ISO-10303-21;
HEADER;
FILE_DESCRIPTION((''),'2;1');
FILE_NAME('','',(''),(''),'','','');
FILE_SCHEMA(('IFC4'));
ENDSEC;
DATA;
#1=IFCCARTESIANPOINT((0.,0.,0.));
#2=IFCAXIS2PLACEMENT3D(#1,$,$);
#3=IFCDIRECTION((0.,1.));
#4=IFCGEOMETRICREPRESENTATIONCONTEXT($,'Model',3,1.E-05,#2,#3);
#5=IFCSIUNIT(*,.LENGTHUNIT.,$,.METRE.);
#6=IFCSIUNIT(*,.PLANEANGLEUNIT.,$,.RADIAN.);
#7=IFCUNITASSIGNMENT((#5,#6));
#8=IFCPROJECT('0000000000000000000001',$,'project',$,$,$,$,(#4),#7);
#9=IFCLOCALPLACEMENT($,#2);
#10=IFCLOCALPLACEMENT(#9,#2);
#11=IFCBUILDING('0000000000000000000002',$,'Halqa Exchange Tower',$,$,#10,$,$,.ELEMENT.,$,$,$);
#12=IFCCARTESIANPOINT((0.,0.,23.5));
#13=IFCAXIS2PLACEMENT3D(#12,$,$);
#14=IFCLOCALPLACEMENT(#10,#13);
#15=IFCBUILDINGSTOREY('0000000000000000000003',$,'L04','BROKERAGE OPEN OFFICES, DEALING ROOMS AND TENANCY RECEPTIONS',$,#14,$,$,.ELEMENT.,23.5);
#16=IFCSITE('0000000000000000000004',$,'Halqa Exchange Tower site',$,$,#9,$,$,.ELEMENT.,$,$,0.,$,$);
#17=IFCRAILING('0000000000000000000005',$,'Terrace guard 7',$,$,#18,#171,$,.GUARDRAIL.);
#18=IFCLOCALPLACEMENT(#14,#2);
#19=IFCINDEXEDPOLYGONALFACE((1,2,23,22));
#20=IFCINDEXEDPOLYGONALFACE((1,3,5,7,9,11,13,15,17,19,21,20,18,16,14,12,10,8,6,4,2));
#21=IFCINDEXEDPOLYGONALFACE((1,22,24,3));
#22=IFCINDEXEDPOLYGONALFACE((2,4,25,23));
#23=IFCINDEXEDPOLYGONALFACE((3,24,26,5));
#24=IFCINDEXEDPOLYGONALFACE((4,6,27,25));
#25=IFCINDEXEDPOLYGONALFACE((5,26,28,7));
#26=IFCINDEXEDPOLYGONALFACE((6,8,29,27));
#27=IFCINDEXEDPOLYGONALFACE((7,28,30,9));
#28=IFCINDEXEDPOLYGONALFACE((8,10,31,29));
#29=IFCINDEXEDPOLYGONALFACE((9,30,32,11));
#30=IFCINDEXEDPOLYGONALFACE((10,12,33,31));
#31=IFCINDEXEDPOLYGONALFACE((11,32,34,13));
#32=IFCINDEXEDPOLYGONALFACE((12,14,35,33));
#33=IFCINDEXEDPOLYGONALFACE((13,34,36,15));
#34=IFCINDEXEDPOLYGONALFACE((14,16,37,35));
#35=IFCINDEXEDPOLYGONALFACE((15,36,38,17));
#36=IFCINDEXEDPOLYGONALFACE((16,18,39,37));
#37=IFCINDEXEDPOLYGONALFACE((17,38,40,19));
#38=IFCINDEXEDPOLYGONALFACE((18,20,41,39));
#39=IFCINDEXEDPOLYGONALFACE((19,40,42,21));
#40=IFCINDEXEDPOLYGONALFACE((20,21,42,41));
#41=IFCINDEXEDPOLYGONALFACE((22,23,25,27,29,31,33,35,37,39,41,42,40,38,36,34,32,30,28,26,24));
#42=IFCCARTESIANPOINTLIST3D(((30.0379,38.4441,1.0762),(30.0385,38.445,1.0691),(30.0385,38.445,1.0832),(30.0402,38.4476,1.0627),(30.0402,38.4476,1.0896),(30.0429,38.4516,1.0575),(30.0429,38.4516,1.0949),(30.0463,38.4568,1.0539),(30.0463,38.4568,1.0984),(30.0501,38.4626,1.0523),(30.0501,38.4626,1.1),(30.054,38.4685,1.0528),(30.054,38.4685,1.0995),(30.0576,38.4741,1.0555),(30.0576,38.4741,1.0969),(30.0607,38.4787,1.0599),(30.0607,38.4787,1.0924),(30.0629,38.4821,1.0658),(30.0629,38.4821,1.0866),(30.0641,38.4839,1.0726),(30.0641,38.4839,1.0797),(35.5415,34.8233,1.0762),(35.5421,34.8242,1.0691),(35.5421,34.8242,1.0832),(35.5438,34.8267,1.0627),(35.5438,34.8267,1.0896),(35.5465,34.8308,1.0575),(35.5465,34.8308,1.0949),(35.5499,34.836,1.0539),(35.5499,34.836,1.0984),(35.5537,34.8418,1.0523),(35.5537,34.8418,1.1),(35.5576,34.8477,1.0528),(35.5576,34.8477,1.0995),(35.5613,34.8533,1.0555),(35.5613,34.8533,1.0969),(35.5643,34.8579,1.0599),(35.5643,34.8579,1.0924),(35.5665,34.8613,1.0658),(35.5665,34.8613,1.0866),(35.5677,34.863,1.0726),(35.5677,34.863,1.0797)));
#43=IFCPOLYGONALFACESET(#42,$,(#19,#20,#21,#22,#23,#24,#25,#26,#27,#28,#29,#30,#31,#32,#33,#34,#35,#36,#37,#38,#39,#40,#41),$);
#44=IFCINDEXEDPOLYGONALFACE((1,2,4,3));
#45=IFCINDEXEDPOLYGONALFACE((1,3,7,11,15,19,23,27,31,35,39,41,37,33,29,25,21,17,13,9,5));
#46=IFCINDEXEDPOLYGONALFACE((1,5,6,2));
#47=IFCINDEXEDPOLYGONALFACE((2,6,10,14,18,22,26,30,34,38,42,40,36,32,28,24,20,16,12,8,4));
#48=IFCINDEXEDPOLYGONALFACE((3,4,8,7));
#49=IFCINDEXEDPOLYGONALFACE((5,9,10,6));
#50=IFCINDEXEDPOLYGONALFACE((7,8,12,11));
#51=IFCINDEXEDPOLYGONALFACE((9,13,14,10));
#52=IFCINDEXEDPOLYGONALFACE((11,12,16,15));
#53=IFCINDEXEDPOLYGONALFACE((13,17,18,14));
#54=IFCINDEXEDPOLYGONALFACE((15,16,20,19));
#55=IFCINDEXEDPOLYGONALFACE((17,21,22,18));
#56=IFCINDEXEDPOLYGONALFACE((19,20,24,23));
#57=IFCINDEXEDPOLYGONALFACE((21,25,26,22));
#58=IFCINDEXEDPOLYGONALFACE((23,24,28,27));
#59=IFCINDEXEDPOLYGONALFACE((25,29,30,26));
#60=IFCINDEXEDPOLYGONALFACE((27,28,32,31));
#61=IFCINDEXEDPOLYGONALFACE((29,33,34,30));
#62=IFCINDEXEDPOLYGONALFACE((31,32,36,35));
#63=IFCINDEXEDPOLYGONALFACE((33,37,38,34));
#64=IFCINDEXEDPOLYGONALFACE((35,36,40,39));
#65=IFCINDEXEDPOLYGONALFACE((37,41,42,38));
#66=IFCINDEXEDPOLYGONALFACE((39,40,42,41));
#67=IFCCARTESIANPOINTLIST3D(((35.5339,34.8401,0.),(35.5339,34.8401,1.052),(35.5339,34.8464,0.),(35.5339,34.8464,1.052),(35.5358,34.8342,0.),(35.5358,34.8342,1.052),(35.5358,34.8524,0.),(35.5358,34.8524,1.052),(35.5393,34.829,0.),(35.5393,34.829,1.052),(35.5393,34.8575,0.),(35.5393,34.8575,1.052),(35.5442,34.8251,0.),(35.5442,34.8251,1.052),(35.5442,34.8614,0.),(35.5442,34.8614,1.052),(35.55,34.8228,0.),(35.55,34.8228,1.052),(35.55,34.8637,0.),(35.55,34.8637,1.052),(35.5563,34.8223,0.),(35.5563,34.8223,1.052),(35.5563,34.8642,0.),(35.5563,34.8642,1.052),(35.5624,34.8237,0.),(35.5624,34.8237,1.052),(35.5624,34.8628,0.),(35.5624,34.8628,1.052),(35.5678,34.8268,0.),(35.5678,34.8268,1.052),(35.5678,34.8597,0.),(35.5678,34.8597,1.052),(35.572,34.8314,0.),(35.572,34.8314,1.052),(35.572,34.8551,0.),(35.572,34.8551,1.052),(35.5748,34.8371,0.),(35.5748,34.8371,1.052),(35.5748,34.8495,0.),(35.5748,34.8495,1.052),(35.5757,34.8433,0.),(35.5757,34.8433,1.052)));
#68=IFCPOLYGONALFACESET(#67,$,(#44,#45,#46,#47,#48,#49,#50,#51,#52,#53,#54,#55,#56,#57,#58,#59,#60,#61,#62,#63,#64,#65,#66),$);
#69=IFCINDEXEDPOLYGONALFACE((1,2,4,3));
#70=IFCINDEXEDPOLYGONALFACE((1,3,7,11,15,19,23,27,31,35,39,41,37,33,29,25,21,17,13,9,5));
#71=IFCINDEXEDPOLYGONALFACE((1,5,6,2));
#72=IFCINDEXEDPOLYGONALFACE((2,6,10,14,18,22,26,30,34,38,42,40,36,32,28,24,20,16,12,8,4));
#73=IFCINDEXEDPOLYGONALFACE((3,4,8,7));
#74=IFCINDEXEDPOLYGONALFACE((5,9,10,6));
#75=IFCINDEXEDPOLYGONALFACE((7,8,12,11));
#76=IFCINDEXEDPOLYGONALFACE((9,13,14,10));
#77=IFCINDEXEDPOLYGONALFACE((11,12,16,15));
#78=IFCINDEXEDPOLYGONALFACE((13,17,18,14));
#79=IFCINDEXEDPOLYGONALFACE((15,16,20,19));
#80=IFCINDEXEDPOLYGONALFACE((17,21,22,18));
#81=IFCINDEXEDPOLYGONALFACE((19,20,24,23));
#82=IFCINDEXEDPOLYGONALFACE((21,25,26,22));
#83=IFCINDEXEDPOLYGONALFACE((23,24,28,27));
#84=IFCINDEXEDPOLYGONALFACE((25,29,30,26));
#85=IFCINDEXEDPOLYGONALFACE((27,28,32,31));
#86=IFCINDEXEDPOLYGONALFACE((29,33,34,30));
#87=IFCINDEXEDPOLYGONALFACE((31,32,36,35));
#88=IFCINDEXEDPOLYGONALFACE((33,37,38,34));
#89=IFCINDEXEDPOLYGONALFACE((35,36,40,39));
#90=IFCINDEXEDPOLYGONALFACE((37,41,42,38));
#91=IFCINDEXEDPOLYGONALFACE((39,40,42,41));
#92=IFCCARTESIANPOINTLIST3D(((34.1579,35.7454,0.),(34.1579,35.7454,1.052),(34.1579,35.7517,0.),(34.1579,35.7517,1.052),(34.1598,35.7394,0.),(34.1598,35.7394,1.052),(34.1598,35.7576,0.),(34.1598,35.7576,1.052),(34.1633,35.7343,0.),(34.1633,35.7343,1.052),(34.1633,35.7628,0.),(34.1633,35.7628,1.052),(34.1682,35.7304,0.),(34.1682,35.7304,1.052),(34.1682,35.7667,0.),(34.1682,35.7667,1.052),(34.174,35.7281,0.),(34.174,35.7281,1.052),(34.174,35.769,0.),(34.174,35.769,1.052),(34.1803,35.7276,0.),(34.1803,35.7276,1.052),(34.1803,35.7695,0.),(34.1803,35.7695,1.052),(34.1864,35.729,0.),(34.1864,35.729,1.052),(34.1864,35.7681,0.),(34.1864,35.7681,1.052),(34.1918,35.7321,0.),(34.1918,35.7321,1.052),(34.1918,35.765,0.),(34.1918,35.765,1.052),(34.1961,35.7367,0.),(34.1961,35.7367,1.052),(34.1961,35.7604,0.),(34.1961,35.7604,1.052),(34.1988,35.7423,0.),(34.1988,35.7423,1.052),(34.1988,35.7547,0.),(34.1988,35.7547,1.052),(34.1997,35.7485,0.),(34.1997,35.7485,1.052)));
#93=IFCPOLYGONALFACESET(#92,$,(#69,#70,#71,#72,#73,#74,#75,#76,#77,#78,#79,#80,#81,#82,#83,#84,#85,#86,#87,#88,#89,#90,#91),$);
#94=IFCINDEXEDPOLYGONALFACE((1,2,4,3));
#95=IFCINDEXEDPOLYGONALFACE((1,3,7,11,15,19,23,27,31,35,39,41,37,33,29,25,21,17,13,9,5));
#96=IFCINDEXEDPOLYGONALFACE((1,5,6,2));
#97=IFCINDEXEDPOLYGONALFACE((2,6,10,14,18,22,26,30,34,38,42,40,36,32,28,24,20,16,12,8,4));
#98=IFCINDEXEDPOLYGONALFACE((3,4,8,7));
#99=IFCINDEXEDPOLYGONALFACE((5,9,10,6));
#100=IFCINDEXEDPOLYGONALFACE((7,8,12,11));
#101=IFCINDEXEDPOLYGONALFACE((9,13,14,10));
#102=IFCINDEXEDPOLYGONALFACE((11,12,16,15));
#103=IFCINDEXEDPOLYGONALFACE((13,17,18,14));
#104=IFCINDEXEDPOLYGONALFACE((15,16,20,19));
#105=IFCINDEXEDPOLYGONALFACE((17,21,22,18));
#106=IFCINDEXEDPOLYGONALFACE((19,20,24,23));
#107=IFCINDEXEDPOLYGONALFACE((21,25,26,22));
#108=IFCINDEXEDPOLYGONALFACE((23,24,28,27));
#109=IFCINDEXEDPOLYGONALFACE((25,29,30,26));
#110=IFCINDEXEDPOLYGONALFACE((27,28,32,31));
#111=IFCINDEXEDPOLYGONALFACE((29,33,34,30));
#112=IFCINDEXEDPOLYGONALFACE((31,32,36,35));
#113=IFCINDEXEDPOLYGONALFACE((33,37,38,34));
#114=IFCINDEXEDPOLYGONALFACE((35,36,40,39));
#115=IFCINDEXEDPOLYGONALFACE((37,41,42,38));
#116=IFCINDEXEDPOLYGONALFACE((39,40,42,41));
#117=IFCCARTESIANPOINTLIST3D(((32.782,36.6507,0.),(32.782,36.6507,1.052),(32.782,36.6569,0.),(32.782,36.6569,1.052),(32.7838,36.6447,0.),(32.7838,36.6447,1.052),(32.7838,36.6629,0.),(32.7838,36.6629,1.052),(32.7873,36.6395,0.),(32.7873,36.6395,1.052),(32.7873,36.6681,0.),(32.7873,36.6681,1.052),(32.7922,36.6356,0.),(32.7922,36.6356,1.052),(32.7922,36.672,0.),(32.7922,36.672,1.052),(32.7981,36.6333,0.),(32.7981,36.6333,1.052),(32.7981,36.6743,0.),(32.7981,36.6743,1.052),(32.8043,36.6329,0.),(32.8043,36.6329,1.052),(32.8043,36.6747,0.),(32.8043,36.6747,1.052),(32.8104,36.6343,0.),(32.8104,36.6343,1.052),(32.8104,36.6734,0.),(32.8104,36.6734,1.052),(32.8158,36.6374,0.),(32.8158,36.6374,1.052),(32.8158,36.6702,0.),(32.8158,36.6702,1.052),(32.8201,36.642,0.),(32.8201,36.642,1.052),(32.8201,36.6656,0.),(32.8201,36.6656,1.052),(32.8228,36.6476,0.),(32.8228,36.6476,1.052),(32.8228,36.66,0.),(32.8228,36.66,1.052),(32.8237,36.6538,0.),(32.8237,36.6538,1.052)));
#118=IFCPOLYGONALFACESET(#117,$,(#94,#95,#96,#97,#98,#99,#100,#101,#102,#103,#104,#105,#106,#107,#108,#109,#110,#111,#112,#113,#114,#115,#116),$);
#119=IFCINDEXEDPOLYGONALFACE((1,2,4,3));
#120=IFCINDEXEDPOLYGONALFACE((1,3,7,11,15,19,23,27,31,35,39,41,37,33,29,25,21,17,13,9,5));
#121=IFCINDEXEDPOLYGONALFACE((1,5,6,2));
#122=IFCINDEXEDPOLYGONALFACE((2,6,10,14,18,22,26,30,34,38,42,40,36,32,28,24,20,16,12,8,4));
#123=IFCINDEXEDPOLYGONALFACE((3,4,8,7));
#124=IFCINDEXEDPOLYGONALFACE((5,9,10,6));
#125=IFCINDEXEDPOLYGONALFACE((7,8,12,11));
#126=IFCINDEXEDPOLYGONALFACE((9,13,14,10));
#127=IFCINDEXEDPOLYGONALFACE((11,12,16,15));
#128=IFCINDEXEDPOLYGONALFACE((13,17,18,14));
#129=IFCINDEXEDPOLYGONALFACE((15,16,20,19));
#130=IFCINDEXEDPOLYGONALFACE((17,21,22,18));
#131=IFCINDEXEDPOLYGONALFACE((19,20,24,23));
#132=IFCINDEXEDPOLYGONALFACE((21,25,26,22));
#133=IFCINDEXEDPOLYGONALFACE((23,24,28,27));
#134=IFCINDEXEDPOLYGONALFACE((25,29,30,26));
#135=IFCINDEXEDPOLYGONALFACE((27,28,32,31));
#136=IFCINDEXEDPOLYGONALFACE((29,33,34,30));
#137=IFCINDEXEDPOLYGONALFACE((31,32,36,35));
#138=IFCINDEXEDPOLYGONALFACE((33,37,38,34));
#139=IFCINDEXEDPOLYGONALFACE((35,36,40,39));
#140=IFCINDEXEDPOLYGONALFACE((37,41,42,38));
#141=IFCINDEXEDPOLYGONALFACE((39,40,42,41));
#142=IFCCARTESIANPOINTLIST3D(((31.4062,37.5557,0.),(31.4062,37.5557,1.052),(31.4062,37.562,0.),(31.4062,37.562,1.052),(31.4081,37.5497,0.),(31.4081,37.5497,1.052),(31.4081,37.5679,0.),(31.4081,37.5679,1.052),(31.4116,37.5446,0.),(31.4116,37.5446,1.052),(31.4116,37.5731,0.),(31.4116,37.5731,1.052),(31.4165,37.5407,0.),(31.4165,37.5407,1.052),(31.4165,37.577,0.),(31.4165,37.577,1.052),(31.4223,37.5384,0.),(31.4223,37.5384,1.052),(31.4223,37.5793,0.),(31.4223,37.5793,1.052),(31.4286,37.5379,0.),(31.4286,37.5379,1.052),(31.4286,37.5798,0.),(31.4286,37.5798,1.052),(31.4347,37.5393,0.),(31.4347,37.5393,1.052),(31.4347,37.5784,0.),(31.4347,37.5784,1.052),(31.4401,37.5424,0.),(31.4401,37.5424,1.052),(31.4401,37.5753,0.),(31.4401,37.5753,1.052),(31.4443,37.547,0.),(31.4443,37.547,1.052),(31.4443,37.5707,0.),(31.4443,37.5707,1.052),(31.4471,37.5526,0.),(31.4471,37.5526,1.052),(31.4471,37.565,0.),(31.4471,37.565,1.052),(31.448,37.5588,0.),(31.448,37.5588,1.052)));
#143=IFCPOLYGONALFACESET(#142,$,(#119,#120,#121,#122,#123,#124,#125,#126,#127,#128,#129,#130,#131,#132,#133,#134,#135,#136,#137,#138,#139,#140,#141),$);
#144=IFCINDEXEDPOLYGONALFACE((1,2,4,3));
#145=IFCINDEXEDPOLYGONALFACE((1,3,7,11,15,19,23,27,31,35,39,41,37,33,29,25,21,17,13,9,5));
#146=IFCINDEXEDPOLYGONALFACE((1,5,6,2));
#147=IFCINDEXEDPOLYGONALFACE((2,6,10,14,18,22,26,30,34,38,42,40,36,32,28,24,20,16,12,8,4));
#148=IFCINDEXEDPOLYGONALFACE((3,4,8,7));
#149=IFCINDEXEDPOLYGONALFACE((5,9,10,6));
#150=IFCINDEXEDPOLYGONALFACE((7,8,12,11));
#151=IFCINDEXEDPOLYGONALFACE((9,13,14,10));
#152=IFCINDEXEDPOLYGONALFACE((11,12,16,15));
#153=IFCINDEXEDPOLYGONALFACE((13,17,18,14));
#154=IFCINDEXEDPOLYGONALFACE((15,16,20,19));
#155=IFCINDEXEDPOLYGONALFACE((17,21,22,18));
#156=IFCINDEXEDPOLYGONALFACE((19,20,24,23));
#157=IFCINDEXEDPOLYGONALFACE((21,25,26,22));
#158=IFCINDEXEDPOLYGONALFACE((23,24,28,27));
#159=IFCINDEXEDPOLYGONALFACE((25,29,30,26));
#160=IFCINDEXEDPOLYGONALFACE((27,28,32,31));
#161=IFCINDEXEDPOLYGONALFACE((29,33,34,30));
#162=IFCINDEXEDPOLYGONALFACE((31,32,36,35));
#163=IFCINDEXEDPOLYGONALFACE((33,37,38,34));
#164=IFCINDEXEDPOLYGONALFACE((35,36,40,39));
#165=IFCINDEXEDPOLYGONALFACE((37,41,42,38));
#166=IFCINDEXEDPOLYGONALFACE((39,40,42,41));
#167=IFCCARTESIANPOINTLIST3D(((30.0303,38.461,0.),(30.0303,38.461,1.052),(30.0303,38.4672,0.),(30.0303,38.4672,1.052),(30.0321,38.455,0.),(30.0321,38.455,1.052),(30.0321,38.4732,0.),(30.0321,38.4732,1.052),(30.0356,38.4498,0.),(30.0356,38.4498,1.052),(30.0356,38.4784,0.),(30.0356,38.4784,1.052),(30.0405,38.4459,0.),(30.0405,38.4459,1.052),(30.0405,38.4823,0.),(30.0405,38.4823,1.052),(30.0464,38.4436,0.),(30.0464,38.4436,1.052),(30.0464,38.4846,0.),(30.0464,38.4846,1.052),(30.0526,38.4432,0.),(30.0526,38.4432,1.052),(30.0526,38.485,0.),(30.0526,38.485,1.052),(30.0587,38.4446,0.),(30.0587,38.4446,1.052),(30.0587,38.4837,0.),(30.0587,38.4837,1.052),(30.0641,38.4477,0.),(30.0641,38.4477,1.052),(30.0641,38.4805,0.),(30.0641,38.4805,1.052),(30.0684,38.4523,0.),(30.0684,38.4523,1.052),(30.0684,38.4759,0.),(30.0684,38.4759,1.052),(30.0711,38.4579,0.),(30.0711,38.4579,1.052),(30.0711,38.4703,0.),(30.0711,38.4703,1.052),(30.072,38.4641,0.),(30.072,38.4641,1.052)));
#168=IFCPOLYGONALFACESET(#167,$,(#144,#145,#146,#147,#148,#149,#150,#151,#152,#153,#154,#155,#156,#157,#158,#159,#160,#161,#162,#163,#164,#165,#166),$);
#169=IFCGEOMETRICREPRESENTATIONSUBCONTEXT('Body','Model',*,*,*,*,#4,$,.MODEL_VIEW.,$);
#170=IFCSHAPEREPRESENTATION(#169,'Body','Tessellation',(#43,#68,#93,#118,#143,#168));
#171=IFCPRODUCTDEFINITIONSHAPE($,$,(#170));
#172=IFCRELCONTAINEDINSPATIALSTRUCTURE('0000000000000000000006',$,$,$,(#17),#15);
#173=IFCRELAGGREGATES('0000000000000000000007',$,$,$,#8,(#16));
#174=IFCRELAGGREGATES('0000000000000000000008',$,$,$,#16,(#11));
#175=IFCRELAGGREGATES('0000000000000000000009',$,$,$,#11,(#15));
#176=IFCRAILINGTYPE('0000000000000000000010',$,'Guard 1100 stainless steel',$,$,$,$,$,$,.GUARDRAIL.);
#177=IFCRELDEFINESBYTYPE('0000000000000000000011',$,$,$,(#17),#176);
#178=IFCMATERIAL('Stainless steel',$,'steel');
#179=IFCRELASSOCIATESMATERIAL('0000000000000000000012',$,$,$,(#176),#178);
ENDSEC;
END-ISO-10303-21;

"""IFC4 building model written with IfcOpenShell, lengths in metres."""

from ifc_helpers import new_model, si_unit, direction, frame, origin, origin_2d, place, context, subcontext, project, spatial, circle, extrude, material, type_object, element, save


model = new_model("IFC4")

# Units and contexts
model_context = context("Model", 3, precision=1e-05, world=origin(), true_north=direction((0.0, 1.0)))
body_context = subcontext(model_context, "Body", "Model", "MODEL_VIEW")
ifc_project = project(units=[si_unit("LENGTHUNIT", "METRE"), si_unit("PLANEANGLEUNIT", "RADIAN")], contexts=[model_context])

# Site, building, storey
site_placement = place(None, origin())
site = spatial("IfcSite", under=ifc_project, at=site_placement, Name="Halqa Exchange Tower site", CompositionType="ELEMENT", RefElevation=0.0)
building_placement = place(site_placement, origin())
building = spatial("IfcBuilding", under=site, at=building_placement, Name="Halqa Exchange Tower", CompositionType="ELEMENT")
storey_placement = place(building_placement, frame((0.0, 0.0, 23.5)))
storey = spatial("IfcBuildingStorey", under=building, at=storey_placement, Name="L04", Description="BROKERAGE OPEN OFFICES, DEALING ROOMS AND TENANCY RECEPTIONS", CompositionType="ELEMENT", Elevation=23.5)

# Railing
ifc_material_1 = material(Name="Stainless steel", Category="steel")
railing_type = type_object("IfcRailingType", Name="Guard 1100 stainless steel", PredefinedType="GUARDRAIL", material=ifc_material_1)
railing_1_placement = place(storey_placement, frame((35.5547, 34.8433, 0.0)))
element("IfcRailing", 1, at=railing_1_placement, inside=storey, type_object=railing_type, Name="Terrace guard 7", PredefinedType="GUARDRAIL", context=body_context, shape_type="SweptSolid", body=[
    extrude(circle(Radius=0.0239, at=origin_2d()), frame((0.0, 0.0, 1.0762), z_axis=(-0.835416, 0.549619, 0.0), x_axis=(-0.549619, -0.835416, 0.0)), (0.0, 0.0, 1.0), 6.5879),
    extrude(circle(Radius=0.021, at=origin_2d()), origin(), (0.0, 0.0, 1.0), 1.052),
    extrude(circle(Radius=0.021, at=origin_2d()), frame((-1.376, 0.9053, 0.0)), (0.0, 0.0, 1.0), 1.052),
    extrude(circle(Radius=0.021, at=origin_2d()), frame((-2.752, 1.8105, 0.0)), (0.0, 0.0, 1.0), 1.052),
    extrude(circle(Radius=0.021, at=origin_2d()), frame((-4.1277, 2.7156, 0.0)), (0.0, 0.0, 1.0), 1.052),
    extrude(circle(Radius=0.021, at=origin_2d()), frame((-5.5037, 3.6208, 0.0)), (0.0, 0.0, 1.0), 1.052),
])

save(model, "model.ifc")
